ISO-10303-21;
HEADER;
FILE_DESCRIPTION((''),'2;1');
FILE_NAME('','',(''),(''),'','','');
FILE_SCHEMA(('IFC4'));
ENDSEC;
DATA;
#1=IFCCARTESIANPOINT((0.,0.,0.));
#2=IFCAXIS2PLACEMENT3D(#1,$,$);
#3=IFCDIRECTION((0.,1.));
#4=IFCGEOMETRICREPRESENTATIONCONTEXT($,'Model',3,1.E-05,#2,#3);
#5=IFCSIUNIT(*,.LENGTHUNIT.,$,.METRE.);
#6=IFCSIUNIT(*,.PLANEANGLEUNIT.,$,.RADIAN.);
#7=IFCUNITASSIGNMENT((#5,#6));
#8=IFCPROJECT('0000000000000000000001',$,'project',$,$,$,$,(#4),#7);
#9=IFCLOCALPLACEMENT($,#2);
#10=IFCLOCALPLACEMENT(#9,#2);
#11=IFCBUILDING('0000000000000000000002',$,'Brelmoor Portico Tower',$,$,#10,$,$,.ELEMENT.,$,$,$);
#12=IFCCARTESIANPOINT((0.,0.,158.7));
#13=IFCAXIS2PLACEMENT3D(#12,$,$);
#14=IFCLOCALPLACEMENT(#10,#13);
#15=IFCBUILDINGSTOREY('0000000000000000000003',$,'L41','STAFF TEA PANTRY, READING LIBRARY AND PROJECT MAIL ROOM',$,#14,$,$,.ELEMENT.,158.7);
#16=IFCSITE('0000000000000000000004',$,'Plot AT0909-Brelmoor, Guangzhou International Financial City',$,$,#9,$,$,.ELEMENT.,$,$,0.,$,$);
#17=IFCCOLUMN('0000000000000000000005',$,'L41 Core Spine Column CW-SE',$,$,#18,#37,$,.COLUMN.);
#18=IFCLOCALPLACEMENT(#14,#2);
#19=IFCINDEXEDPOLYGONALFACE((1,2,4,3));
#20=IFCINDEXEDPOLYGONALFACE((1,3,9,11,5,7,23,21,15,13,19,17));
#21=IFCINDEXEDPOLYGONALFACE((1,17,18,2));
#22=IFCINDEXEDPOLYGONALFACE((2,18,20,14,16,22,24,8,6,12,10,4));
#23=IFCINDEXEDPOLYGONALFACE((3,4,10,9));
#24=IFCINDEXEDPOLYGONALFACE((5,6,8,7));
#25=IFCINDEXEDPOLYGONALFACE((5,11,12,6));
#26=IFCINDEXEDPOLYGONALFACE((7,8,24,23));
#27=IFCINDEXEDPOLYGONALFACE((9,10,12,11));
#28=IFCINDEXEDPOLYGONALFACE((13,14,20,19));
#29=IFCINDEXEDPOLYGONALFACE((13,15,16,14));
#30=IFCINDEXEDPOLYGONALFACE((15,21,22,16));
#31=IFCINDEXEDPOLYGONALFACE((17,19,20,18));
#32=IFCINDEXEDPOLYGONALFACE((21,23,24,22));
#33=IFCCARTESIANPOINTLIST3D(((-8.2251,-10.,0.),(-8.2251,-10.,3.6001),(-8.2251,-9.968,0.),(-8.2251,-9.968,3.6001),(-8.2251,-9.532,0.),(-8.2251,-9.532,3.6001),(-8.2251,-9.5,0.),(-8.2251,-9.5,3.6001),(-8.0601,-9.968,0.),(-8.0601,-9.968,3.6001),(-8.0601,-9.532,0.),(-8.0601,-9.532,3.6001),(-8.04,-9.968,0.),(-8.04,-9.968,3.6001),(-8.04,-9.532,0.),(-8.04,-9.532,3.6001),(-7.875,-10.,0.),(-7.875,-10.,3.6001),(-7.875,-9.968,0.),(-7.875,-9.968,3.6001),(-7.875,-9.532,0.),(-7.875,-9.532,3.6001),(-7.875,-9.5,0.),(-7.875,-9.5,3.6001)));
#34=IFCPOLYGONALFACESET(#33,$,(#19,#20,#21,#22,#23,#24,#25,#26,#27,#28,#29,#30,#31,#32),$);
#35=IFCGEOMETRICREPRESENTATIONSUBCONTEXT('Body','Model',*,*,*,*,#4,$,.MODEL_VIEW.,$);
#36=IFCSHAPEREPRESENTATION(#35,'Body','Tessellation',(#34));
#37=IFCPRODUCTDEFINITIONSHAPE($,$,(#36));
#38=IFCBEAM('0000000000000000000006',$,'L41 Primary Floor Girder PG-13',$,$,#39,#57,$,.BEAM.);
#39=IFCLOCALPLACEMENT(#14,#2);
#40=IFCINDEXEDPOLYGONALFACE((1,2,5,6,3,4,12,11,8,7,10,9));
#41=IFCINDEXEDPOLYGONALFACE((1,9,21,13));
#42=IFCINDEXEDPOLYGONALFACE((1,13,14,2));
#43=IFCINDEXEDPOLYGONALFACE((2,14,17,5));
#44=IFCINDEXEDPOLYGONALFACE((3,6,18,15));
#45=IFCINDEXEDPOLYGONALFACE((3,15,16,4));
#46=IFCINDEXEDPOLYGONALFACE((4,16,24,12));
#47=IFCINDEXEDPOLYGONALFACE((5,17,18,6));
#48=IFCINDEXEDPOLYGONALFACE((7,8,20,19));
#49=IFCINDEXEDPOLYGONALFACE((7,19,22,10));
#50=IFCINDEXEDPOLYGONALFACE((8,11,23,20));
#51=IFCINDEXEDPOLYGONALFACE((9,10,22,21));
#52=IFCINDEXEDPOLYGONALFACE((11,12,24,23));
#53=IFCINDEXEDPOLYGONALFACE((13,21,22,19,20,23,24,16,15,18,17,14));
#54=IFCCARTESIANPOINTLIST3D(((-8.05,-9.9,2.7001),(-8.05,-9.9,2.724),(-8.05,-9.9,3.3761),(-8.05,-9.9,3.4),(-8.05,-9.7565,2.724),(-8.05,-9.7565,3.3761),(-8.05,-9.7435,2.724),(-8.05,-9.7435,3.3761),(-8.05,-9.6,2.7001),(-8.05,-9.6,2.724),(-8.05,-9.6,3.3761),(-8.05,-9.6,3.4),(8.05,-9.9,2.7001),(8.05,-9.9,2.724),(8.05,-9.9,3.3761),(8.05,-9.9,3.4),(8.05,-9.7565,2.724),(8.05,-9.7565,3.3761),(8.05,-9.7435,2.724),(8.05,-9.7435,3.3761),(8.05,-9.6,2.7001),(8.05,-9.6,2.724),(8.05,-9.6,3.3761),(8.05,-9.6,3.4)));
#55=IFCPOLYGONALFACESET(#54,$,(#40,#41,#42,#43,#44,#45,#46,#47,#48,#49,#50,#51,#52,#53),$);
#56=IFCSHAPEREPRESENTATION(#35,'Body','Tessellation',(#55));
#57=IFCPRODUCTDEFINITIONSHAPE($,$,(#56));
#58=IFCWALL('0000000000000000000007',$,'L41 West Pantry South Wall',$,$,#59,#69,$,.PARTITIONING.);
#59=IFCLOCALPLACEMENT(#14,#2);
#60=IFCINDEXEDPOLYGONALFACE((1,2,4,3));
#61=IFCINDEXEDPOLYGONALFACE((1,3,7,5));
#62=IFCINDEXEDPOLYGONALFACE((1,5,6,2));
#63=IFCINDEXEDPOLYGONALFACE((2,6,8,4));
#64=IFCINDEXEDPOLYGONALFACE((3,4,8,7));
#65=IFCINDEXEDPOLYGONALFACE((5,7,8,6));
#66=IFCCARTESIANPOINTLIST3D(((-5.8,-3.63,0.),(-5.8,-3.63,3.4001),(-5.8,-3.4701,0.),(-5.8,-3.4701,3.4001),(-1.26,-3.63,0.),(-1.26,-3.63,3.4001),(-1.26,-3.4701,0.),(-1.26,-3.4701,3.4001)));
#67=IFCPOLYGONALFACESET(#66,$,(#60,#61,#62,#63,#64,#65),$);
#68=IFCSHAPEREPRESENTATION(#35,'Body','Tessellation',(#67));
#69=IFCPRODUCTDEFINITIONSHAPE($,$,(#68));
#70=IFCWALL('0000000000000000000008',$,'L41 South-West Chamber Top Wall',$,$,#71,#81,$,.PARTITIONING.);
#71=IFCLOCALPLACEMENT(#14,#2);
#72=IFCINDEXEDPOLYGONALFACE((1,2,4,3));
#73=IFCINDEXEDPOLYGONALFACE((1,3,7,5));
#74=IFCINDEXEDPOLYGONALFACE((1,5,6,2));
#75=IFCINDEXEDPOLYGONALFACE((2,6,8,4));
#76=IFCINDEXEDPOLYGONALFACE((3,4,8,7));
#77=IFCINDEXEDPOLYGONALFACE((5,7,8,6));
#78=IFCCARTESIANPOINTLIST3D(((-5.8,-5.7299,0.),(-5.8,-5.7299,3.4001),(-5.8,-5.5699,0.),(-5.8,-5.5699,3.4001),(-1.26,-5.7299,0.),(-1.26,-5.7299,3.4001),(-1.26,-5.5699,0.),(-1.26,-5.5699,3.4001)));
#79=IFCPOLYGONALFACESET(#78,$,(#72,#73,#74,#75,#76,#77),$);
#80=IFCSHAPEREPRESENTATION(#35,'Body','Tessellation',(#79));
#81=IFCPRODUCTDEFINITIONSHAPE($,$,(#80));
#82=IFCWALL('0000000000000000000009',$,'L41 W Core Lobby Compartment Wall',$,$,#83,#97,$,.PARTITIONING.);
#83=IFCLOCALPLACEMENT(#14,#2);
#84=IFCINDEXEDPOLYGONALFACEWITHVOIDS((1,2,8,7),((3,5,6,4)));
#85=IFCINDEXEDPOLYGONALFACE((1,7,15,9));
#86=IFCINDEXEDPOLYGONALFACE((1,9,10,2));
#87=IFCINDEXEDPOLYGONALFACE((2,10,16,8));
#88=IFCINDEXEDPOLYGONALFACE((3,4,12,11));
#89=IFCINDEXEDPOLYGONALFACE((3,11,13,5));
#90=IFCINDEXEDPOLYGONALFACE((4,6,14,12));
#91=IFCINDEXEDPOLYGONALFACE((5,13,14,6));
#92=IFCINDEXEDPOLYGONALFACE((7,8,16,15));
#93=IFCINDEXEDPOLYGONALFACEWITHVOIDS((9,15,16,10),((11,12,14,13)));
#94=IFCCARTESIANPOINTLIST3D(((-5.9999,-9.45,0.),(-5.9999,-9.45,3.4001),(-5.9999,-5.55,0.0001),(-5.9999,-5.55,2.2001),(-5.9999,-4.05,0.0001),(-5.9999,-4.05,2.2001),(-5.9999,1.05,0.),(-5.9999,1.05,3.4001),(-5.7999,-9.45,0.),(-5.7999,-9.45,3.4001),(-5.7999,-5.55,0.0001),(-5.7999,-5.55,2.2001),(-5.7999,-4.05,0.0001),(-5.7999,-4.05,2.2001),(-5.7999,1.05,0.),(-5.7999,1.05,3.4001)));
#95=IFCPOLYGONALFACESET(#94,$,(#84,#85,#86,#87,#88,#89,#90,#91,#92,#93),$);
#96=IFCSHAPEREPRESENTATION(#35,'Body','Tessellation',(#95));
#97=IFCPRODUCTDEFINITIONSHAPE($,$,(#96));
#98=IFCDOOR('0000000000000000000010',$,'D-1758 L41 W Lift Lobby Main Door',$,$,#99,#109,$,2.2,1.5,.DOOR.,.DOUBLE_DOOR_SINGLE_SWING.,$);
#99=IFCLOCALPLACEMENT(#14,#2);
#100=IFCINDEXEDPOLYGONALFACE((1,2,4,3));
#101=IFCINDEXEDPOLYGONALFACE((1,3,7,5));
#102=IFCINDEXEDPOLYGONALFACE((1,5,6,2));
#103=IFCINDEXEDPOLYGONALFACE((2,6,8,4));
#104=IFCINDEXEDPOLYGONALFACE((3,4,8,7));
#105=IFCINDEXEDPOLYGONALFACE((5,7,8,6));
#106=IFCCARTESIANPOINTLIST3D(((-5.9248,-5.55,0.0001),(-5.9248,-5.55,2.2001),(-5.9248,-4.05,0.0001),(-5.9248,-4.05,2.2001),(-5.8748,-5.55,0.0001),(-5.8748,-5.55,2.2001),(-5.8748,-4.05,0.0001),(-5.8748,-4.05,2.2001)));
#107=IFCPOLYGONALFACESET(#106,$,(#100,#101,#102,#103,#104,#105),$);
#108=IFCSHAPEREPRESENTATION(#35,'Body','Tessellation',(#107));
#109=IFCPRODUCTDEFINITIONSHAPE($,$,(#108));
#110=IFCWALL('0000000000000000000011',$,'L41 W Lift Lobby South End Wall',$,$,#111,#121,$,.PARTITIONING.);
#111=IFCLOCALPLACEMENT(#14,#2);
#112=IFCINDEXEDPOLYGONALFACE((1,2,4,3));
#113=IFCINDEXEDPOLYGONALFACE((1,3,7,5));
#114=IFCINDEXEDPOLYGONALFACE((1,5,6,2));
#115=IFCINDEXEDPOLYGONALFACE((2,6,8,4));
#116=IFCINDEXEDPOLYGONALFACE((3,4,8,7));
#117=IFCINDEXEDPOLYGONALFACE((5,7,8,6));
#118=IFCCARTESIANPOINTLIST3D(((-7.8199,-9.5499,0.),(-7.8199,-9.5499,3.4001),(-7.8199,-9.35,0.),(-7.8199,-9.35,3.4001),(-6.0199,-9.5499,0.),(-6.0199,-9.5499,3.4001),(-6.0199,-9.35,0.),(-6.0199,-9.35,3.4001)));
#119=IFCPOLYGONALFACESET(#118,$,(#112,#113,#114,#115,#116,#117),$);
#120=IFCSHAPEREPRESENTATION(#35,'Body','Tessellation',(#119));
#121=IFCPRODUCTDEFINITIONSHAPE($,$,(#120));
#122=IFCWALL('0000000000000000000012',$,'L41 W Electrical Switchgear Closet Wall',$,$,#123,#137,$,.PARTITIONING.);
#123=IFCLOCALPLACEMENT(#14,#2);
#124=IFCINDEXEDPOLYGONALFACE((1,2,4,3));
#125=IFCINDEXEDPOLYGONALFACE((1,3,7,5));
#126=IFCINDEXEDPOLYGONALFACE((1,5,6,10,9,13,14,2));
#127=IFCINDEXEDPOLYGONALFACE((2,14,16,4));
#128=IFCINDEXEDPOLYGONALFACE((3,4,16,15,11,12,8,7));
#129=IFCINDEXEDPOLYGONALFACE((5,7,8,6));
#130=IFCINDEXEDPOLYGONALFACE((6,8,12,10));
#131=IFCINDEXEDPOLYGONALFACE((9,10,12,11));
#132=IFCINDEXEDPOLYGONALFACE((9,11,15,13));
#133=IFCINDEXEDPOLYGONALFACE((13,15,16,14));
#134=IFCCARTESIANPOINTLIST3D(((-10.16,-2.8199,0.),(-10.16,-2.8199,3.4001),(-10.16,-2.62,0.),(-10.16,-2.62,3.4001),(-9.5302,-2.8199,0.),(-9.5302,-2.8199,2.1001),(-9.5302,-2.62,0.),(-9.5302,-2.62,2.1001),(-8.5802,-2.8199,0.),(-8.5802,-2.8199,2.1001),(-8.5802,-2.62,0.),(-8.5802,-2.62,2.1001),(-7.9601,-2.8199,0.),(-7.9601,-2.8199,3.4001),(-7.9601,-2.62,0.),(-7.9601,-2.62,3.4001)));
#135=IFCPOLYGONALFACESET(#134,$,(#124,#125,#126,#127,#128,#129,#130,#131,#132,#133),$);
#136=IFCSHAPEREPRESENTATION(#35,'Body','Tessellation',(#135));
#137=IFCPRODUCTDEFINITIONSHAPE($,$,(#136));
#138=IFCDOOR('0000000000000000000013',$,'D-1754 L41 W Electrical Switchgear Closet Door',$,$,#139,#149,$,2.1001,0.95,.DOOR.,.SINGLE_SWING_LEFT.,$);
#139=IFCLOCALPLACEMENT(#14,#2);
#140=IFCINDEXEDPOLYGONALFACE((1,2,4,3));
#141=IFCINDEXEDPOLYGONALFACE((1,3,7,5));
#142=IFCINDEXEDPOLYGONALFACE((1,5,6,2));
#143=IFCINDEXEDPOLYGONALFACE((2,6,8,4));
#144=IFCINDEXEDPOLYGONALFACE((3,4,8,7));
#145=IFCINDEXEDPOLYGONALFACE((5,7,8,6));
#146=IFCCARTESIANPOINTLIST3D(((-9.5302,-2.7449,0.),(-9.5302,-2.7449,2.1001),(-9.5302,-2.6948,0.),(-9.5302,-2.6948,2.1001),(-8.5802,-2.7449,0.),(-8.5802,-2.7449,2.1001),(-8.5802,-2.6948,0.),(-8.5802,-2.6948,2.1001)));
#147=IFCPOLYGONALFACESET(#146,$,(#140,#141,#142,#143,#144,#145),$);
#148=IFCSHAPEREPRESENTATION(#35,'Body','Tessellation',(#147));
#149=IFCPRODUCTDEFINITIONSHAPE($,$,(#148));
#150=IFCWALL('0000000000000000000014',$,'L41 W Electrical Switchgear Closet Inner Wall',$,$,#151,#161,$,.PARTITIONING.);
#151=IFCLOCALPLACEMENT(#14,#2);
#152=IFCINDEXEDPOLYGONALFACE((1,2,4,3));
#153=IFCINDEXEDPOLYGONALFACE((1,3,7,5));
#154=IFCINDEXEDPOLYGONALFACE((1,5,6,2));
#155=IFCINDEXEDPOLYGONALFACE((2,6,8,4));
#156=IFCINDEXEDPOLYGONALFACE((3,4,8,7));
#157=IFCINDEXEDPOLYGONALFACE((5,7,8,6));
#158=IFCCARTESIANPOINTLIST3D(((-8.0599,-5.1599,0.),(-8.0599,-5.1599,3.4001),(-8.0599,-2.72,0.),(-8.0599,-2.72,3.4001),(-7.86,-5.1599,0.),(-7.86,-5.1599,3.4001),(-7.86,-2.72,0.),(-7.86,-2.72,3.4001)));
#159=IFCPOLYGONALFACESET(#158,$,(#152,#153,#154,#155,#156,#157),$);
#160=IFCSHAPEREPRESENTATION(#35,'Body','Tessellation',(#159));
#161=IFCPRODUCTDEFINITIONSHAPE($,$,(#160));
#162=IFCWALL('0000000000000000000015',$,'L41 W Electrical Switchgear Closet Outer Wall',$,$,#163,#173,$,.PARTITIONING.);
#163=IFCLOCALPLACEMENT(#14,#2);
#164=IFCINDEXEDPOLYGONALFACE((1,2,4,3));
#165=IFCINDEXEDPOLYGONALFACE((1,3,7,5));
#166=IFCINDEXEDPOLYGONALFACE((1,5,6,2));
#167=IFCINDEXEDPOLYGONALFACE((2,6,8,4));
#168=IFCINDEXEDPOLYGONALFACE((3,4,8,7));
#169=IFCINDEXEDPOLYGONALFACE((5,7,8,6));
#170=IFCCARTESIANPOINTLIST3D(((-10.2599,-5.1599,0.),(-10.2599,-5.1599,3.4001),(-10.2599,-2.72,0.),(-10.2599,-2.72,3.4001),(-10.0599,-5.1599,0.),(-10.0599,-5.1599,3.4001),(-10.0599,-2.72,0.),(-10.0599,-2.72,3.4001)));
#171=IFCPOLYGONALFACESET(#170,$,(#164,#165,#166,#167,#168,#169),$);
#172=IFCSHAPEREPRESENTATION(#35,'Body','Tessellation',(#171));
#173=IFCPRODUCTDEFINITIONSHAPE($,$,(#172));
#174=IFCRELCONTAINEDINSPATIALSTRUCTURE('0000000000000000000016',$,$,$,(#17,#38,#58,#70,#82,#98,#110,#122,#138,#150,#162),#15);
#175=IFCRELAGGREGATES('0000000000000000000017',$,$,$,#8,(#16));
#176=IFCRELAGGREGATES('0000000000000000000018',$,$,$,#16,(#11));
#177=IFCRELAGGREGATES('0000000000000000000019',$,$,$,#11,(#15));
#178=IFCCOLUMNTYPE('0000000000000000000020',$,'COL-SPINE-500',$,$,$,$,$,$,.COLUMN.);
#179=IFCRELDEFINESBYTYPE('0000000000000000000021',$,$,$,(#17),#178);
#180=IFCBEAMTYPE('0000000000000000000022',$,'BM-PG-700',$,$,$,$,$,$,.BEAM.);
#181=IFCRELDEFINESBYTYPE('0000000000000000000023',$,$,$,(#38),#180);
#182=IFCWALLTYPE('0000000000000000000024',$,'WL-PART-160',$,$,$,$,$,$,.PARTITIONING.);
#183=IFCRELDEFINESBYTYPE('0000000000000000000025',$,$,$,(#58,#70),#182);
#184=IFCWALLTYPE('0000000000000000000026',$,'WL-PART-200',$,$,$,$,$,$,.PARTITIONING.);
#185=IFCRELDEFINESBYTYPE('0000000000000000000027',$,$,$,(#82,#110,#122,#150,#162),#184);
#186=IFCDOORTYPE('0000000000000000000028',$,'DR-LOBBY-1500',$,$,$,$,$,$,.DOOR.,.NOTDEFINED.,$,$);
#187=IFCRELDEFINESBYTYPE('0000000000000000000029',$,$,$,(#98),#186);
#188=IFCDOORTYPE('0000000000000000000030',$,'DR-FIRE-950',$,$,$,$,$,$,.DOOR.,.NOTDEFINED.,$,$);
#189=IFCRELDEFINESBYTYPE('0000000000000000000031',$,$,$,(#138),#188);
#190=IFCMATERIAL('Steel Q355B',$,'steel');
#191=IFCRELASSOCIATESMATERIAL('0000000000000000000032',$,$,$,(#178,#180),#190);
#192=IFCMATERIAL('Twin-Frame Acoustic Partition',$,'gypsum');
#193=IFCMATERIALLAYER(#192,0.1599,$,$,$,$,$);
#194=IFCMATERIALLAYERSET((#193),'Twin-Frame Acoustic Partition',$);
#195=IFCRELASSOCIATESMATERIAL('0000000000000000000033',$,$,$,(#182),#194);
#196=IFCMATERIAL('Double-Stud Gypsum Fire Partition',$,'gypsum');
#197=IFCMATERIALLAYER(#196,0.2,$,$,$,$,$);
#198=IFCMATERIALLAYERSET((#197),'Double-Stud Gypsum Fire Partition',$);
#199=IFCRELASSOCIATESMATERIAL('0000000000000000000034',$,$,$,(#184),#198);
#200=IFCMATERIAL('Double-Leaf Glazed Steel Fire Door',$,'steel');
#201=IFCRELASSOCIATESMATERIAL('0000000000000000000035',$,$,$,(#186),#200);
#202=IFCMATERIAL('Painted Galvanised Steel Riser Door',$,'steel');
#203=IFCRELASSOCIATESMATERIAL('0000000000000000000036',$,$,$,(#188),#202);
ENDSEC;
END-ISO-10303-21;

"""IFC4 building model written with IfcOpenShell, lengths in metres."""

from ifc_helpers import new_model, si_unit, direction, frame, frame_2d, origin, origin_2d, place, context, subcontext, project, spatial, rectangle, i_section, extrude, material, layer, layer_set, material_profile, profile_set, type_object, element, fill, save


model = new_model("IFC4")

# Units and contexts
model_context = context("Model", 3, precision=1e-05, world=origin(), true_north=direction((0.0, 1.0)))
body_context = subcontext(model_context, "Body", "Model", "MODEL_VIEW")
ifc_project = project(units=[si_unit("LENGTHUNIT", "METRE"), si_unit("PLANEANGLEUNIT", "RADIAN")], contexts=[model_context])

# Site, building, storey
site_placement = place(None, origin())
site = spatial("IfcSite", under=ifc_project, at=site_placement, Name="Plot AT0909-Brelmoor, Guangzhou International Financial City", CompositionType="ELEMENT", RefElevation=0.0)
building_placement = place(site_placement, origin())
building = spatial("IfcBuilding", under=site, at=building_placement, Name="Brelmoor Portico Tower", CompositionType="ELEMENT")
storey_placement = place(building_placement, frame((0.0, 0.0, 158.7)))
storey = spatial("IfcBuildingStorey", under=building, at=storey_placement, Name="L41", Description="STAFF TEA PANTRY, READING LIBRARY AND PROJECT MAIL ROOM", CompositionType="ELEMENT", Elevation=158.7)

# Column
ifc_material_1 = material(Name="Steel Q355B", Category="steel")
ifc_material_profile_1 = material_profile(ifc_material_1, i_section(OverallWidth=0.3501, OverallDepth=0.5, WebThickness=0.02, FlangeThickness=0.032, at=origin_2d()), Name="HW 500x350x20x32")
ifc_profile_set_1 = profile_set([ifc_material_profile_1], Name="Steel Q355B")
column_type = type_object("IfcColumnType", Name="COL-SPINE-500", PredefinedType="COLUMN", material=ifc_profile_set_1)
column_placement = place(storey_placement, frame((-8.05, -9.75, 0.0), z_axis=(0.0, 0.0, 1.0), x_axis=(1.0, 0.0, 0.0)))
element("IfcColumn", 1, at=column_placement, inside=storey, type_object=column_type, Name="L41 Core Spine Column CW-SE", PredefinedType="COLUMN", context=body_context, shape_type="SweptSolid", body=[
    extrude(i_section(OverallWidth=0.3501, OverallDepth=0.5, WebThickness=0.02, FlangeThickness=0.032, at=origin_2d()), origin(), (0.0, 0.0, 1.0), 3.6001),
])

# Beam
ifc_material_profile_2 = material_profile(ifc_material_1, i_section(OverallWidth=0.3, OverallDepth=0.7, WebThickness=0.0129, FlangeThickness=0.0239, at=origin_2d()), Name="HN 700x300x13x24")
ifc_profile_set_2 = profile_set([ifc_material_profile_2], Name="Steel Q355B")
beam_type = type_object("IfcBeamType", Name="BM-PG-700", PredefinedType="BEAM", material=ifc_profile_set_2)
beam_placement = place(storey_placement, frame((-8.05, -9.75, 3.05), z_axis=(1.0, 0.0, 0.0), x_axis=(0.0, 1.0, 0.0)))
element("IfcBeam", 2, at=beam_placement, inside=storey, type_object=beam_type, Name="L41 Primary Floor Girder PG-13", PredefinedType="BEAM", context=body_context, shape_type="SweptSolid", body=[
    extrude(i_section(OverallWidth=0.3, OverallDepth=0.7, WebThickness=0.0129, FlangeThickness=0.0239, at=origin_2d()), origin(), (0.0, 0.0, 1.0), 16.1001),
])

# Walls
ifc_material_2 = material(Name="Twin-Frame Acoustic Partition", Category="gypsum")
ifc_layer_1 = layer(ifc_material_2, 0.1599)
ifc_layer_set_1 = layer_set([ifc_layer_1], Name="Twin-Frame Acoustic Partition")
wall_type_1 = type_object("IfcWallType", Name="WL-PART-160", PredefinedType="PARTITIONING", material=ifc_layer_set_1)
for number, where, z_axis, x_axis, name in (
    (3, (-5.8, -3.55, 0.0), (0.0, 0.0, 1.0), (1.0, 0.0, 0.0), "L41 West Pantry South Wall"),
    (4, (-5.8, -5.6499, 0.0), (0.0, 0.0, 1.0), (1.0, 0.0, 0.0), "L41 South-West Chamber Top Wall"),
):
    element("IfcWall", number, at=place(storey_placement, frame(where, z_axis=z_axis, x_axis=x_axis)), inside=storey, type_object=wall_type_1, Name=name, PredefinedType="PARTITIONING", context=body_context, shape_type="SweptSolid", body=[
        extrude(rectangle(XDim=4.54, YDim=0.1599, at=frame_2d((2.27, 0.0))), origin(), (0.0, 0.0, 1.0), 3.4001),
    ])

# Wall, opening, door
ifc_material_3 = material(Name="Double-Stud Gypsum Fire Partition", Category="gypsum")
ifc_layer_2 = layer(ifc_material_3, 0.2)
ifc_layer_set_2 = layer_set([ifc_layer_2], Name="Double-Stud Gypsum Fire Partition")
wall_type_2 = type_object("IfcWallType", Name="WL-PART-200", PredefinedType="PARTITIONING", material=ifc_layer_set_2)
wall_1_placement = place(storey_placement, frame((-5.8999, -9.45, 0.0), z_axis=(0.0, 0.0, 1.0), x_axis=(0.0, 1.0, 0.0)))
wall_1 = element("IfcWall", 5, at=wall_1_placement, inside=storey, type_object=wall_type_2, Name="L41 W Core Lobby Compartment Wall", PredefinedType="PARTITIONING", context=body_context, shape_type="SweptSolid", body=[
    extrude(rectangle(XDim=10.5, YDim=0.2, at=frame_2d((5.25, 0.0))), origin(), (0.0, 0.0, 1.0), 3.4001),
])
opening_1_placement = place(wall_1_placement, frame((3.8999, 0.0, 0.0)))
opening_1 = element("IfcOpeningElement", 6, at=opening_1_placement, cuts=wall_1, PredefinedType="OPENING", context=body_context, shape_type="SweptSolid", body=[
    extrude(rectangle(XDim=1.5, YDim=2.2, at=frame_2d((0.75, 1.1001))), frame((0.0, 0.1099, 0.0), z_axis=(0.0, -1.0, 0.0), x_axis=(1.0, 0.0, 0.0)), (0.0, 0.0, 1.0), 0.22),
])
ifc_material_4 = material(Name="Double-Leaf Glazed Steel Fire Door", Category="steel")
door_type_1 = type_object("IfcDoorType", Name="DR-LOBBY-1500", OperationType="NOTDEFINED", PredefinedType="DOOR", material=ifc_material_4)
door_1_placement = place(opening_1_placement, origin())
door_1 = element("IfcDoor", 7, at=door_1_placement, inside=storey, type_object=door_type_1, Name="D-1758 L41 W Lift Lobby Main Door", OperationType="DOUBLE_DOOR_SINGLE_SWING", OverallHeight=2.2, OverallWidth=1.5, PredefinedType="DOOR", context=body_context, shape_type="SweptSolid", body=[
    extrude(rectangle(XDim=1.5, YDim=2.2, at=frame_2d((0.75, 1.1001))), frame((0.0, 0.0249, 0.0), z_axis=(0.0, -1.0, 0.0), x_axis=(1.0, 0.0, 0.0)), (0.0, 0.0, 1.0), 0.05),
])
fill(opening_1, door_1)

# Wall
wall_2_placement = place(storey_placement, frame((-6.02, -9.45, 0.0), z_axis=(0.0, 0.0, 1.0), x_axis=(-1.0, 0.0, 0.0)))
element("IfcWall", 8, at=wall_2_placement, inside=storey, type_object=wall_type_2, Name="L41 W Lift Lobby South End Wall", PredefinedType="PARTITIONING", context=body_context, shape_type="SweptSolid", body=[
    extrude(rectangle(XDim=1.8, YDim=0.2, at=frame_2d((0.8999, 0.0))), origin(), (0.0, 0.0, 1.0), 3.4001),
])

# Wall, opening, door
wall_3_placement = place(storey_placement, frame((-7.96, -2.72, 0.0), z_axis=(0.0, 0.0, 1.0), x_axis=(-1.0, 0.0, 0.0)))
wall_3 = element("IfcWall", 9, at=wall_3_placement, inside=storey, type_object=wall_type_2, Name="L41 W Electrical Switchgear Closet Wall", PredefinedType="PARTITIONING", context=body_context, shape_type="SweptSolid", body=[
    extrude(rectangle(XDim=2.2, YDim=0.2, at=frame_2d((1.1001, 0.0))), origin(), (0.0, 0.0, 1.0), 3.4001),
])
opening_2_placement = place(wall_3_placement, frame((0.6201, 0.0, 0.0)))
opening_2 = element("IfcOpeningElement", 10, at=opening_2_placement, cuts=wall_3, PredefinedType="OPENING", context=body_context, shape_type="SweptSolid", body=[
    extrude(rectangle(XDim=0.95, YDim=2.1001, at=frame_2d((0.4751, 1.05))), frame((0.0, 0.1099, 0.0), z_axis=(0.0, -1.0, 0.0), x_axis=(1.0, 0.0, 0.0)), (0.0, 0.0, 1.0), 0.22),
])
ifc_material_5 = material(Name="Painted Galvanised Steel Riser Door", Category="steel")
door_type_2 = type_object("IfcDoorType", Name="DR-FIRE-950", OperationType="NOTDEFINED", PredefinedType="DOOR", material=ifc_material_5)
door_2_placement = place(opening_2_placement, origin())
door_2 = element("IfcDoor", 11, at=door_2_placement, inside=storey, type_object=door_type_2, Name="D-1754 L41 W Electrical Switchgear Closet Door", OperationType="SINGLE_SWING_LEFT", OverallHeight=2.1001, OverallWidth=0.95, PredefinedType="DOOR", context=body_context, shape_type="SweptSolid", body=[
    extrude(rectangle(XDim=0.95, YDim=2.1001, at=frame_2d((0.4751, 1.05))), frame((0.0, 0.0249, 0.0), z_axis=(0.0, -1.0, 0.0), x_axis=(1.0, 0.0, 0.0)), (0.0, 0.0, 1.0), 0.05),
])
fill(opening_2, door_2)

# Walls
for number, where, z_axis, x_axis, name in (
    (12, (-7.96, -5.1599, 0.0), (0.0, 0.0, 1.0), (0.0, 1.0, 0.0), "L41 W Electrical Switchgear Closet Inner Wall"),
    (13, (-10.1599, -5.1599, 0.0), (0.0, 0.0, 1.0), (0.0, 1.0, 0.0), "L41 W Electrical Switchgear Closet Outer Wall"),
):
    element("IfcWall", number, at=place(storey_placement, frame(where, z_axis=z_axis, x_axis=x_axis)), inside=storey, type_object=wall_type_2, Name=name, PredefinedType="PARTITIONING", context=body_context, shape_type="SweptSolid", body=[
        extrude(rectangle(XDim=2.4399, YDim=0.2, at=frame_2d((1.22, 0.0))), origin(), (0.0, 0.0, 1.0), 3.4001),
    ])

save(model, "model.ifc")
